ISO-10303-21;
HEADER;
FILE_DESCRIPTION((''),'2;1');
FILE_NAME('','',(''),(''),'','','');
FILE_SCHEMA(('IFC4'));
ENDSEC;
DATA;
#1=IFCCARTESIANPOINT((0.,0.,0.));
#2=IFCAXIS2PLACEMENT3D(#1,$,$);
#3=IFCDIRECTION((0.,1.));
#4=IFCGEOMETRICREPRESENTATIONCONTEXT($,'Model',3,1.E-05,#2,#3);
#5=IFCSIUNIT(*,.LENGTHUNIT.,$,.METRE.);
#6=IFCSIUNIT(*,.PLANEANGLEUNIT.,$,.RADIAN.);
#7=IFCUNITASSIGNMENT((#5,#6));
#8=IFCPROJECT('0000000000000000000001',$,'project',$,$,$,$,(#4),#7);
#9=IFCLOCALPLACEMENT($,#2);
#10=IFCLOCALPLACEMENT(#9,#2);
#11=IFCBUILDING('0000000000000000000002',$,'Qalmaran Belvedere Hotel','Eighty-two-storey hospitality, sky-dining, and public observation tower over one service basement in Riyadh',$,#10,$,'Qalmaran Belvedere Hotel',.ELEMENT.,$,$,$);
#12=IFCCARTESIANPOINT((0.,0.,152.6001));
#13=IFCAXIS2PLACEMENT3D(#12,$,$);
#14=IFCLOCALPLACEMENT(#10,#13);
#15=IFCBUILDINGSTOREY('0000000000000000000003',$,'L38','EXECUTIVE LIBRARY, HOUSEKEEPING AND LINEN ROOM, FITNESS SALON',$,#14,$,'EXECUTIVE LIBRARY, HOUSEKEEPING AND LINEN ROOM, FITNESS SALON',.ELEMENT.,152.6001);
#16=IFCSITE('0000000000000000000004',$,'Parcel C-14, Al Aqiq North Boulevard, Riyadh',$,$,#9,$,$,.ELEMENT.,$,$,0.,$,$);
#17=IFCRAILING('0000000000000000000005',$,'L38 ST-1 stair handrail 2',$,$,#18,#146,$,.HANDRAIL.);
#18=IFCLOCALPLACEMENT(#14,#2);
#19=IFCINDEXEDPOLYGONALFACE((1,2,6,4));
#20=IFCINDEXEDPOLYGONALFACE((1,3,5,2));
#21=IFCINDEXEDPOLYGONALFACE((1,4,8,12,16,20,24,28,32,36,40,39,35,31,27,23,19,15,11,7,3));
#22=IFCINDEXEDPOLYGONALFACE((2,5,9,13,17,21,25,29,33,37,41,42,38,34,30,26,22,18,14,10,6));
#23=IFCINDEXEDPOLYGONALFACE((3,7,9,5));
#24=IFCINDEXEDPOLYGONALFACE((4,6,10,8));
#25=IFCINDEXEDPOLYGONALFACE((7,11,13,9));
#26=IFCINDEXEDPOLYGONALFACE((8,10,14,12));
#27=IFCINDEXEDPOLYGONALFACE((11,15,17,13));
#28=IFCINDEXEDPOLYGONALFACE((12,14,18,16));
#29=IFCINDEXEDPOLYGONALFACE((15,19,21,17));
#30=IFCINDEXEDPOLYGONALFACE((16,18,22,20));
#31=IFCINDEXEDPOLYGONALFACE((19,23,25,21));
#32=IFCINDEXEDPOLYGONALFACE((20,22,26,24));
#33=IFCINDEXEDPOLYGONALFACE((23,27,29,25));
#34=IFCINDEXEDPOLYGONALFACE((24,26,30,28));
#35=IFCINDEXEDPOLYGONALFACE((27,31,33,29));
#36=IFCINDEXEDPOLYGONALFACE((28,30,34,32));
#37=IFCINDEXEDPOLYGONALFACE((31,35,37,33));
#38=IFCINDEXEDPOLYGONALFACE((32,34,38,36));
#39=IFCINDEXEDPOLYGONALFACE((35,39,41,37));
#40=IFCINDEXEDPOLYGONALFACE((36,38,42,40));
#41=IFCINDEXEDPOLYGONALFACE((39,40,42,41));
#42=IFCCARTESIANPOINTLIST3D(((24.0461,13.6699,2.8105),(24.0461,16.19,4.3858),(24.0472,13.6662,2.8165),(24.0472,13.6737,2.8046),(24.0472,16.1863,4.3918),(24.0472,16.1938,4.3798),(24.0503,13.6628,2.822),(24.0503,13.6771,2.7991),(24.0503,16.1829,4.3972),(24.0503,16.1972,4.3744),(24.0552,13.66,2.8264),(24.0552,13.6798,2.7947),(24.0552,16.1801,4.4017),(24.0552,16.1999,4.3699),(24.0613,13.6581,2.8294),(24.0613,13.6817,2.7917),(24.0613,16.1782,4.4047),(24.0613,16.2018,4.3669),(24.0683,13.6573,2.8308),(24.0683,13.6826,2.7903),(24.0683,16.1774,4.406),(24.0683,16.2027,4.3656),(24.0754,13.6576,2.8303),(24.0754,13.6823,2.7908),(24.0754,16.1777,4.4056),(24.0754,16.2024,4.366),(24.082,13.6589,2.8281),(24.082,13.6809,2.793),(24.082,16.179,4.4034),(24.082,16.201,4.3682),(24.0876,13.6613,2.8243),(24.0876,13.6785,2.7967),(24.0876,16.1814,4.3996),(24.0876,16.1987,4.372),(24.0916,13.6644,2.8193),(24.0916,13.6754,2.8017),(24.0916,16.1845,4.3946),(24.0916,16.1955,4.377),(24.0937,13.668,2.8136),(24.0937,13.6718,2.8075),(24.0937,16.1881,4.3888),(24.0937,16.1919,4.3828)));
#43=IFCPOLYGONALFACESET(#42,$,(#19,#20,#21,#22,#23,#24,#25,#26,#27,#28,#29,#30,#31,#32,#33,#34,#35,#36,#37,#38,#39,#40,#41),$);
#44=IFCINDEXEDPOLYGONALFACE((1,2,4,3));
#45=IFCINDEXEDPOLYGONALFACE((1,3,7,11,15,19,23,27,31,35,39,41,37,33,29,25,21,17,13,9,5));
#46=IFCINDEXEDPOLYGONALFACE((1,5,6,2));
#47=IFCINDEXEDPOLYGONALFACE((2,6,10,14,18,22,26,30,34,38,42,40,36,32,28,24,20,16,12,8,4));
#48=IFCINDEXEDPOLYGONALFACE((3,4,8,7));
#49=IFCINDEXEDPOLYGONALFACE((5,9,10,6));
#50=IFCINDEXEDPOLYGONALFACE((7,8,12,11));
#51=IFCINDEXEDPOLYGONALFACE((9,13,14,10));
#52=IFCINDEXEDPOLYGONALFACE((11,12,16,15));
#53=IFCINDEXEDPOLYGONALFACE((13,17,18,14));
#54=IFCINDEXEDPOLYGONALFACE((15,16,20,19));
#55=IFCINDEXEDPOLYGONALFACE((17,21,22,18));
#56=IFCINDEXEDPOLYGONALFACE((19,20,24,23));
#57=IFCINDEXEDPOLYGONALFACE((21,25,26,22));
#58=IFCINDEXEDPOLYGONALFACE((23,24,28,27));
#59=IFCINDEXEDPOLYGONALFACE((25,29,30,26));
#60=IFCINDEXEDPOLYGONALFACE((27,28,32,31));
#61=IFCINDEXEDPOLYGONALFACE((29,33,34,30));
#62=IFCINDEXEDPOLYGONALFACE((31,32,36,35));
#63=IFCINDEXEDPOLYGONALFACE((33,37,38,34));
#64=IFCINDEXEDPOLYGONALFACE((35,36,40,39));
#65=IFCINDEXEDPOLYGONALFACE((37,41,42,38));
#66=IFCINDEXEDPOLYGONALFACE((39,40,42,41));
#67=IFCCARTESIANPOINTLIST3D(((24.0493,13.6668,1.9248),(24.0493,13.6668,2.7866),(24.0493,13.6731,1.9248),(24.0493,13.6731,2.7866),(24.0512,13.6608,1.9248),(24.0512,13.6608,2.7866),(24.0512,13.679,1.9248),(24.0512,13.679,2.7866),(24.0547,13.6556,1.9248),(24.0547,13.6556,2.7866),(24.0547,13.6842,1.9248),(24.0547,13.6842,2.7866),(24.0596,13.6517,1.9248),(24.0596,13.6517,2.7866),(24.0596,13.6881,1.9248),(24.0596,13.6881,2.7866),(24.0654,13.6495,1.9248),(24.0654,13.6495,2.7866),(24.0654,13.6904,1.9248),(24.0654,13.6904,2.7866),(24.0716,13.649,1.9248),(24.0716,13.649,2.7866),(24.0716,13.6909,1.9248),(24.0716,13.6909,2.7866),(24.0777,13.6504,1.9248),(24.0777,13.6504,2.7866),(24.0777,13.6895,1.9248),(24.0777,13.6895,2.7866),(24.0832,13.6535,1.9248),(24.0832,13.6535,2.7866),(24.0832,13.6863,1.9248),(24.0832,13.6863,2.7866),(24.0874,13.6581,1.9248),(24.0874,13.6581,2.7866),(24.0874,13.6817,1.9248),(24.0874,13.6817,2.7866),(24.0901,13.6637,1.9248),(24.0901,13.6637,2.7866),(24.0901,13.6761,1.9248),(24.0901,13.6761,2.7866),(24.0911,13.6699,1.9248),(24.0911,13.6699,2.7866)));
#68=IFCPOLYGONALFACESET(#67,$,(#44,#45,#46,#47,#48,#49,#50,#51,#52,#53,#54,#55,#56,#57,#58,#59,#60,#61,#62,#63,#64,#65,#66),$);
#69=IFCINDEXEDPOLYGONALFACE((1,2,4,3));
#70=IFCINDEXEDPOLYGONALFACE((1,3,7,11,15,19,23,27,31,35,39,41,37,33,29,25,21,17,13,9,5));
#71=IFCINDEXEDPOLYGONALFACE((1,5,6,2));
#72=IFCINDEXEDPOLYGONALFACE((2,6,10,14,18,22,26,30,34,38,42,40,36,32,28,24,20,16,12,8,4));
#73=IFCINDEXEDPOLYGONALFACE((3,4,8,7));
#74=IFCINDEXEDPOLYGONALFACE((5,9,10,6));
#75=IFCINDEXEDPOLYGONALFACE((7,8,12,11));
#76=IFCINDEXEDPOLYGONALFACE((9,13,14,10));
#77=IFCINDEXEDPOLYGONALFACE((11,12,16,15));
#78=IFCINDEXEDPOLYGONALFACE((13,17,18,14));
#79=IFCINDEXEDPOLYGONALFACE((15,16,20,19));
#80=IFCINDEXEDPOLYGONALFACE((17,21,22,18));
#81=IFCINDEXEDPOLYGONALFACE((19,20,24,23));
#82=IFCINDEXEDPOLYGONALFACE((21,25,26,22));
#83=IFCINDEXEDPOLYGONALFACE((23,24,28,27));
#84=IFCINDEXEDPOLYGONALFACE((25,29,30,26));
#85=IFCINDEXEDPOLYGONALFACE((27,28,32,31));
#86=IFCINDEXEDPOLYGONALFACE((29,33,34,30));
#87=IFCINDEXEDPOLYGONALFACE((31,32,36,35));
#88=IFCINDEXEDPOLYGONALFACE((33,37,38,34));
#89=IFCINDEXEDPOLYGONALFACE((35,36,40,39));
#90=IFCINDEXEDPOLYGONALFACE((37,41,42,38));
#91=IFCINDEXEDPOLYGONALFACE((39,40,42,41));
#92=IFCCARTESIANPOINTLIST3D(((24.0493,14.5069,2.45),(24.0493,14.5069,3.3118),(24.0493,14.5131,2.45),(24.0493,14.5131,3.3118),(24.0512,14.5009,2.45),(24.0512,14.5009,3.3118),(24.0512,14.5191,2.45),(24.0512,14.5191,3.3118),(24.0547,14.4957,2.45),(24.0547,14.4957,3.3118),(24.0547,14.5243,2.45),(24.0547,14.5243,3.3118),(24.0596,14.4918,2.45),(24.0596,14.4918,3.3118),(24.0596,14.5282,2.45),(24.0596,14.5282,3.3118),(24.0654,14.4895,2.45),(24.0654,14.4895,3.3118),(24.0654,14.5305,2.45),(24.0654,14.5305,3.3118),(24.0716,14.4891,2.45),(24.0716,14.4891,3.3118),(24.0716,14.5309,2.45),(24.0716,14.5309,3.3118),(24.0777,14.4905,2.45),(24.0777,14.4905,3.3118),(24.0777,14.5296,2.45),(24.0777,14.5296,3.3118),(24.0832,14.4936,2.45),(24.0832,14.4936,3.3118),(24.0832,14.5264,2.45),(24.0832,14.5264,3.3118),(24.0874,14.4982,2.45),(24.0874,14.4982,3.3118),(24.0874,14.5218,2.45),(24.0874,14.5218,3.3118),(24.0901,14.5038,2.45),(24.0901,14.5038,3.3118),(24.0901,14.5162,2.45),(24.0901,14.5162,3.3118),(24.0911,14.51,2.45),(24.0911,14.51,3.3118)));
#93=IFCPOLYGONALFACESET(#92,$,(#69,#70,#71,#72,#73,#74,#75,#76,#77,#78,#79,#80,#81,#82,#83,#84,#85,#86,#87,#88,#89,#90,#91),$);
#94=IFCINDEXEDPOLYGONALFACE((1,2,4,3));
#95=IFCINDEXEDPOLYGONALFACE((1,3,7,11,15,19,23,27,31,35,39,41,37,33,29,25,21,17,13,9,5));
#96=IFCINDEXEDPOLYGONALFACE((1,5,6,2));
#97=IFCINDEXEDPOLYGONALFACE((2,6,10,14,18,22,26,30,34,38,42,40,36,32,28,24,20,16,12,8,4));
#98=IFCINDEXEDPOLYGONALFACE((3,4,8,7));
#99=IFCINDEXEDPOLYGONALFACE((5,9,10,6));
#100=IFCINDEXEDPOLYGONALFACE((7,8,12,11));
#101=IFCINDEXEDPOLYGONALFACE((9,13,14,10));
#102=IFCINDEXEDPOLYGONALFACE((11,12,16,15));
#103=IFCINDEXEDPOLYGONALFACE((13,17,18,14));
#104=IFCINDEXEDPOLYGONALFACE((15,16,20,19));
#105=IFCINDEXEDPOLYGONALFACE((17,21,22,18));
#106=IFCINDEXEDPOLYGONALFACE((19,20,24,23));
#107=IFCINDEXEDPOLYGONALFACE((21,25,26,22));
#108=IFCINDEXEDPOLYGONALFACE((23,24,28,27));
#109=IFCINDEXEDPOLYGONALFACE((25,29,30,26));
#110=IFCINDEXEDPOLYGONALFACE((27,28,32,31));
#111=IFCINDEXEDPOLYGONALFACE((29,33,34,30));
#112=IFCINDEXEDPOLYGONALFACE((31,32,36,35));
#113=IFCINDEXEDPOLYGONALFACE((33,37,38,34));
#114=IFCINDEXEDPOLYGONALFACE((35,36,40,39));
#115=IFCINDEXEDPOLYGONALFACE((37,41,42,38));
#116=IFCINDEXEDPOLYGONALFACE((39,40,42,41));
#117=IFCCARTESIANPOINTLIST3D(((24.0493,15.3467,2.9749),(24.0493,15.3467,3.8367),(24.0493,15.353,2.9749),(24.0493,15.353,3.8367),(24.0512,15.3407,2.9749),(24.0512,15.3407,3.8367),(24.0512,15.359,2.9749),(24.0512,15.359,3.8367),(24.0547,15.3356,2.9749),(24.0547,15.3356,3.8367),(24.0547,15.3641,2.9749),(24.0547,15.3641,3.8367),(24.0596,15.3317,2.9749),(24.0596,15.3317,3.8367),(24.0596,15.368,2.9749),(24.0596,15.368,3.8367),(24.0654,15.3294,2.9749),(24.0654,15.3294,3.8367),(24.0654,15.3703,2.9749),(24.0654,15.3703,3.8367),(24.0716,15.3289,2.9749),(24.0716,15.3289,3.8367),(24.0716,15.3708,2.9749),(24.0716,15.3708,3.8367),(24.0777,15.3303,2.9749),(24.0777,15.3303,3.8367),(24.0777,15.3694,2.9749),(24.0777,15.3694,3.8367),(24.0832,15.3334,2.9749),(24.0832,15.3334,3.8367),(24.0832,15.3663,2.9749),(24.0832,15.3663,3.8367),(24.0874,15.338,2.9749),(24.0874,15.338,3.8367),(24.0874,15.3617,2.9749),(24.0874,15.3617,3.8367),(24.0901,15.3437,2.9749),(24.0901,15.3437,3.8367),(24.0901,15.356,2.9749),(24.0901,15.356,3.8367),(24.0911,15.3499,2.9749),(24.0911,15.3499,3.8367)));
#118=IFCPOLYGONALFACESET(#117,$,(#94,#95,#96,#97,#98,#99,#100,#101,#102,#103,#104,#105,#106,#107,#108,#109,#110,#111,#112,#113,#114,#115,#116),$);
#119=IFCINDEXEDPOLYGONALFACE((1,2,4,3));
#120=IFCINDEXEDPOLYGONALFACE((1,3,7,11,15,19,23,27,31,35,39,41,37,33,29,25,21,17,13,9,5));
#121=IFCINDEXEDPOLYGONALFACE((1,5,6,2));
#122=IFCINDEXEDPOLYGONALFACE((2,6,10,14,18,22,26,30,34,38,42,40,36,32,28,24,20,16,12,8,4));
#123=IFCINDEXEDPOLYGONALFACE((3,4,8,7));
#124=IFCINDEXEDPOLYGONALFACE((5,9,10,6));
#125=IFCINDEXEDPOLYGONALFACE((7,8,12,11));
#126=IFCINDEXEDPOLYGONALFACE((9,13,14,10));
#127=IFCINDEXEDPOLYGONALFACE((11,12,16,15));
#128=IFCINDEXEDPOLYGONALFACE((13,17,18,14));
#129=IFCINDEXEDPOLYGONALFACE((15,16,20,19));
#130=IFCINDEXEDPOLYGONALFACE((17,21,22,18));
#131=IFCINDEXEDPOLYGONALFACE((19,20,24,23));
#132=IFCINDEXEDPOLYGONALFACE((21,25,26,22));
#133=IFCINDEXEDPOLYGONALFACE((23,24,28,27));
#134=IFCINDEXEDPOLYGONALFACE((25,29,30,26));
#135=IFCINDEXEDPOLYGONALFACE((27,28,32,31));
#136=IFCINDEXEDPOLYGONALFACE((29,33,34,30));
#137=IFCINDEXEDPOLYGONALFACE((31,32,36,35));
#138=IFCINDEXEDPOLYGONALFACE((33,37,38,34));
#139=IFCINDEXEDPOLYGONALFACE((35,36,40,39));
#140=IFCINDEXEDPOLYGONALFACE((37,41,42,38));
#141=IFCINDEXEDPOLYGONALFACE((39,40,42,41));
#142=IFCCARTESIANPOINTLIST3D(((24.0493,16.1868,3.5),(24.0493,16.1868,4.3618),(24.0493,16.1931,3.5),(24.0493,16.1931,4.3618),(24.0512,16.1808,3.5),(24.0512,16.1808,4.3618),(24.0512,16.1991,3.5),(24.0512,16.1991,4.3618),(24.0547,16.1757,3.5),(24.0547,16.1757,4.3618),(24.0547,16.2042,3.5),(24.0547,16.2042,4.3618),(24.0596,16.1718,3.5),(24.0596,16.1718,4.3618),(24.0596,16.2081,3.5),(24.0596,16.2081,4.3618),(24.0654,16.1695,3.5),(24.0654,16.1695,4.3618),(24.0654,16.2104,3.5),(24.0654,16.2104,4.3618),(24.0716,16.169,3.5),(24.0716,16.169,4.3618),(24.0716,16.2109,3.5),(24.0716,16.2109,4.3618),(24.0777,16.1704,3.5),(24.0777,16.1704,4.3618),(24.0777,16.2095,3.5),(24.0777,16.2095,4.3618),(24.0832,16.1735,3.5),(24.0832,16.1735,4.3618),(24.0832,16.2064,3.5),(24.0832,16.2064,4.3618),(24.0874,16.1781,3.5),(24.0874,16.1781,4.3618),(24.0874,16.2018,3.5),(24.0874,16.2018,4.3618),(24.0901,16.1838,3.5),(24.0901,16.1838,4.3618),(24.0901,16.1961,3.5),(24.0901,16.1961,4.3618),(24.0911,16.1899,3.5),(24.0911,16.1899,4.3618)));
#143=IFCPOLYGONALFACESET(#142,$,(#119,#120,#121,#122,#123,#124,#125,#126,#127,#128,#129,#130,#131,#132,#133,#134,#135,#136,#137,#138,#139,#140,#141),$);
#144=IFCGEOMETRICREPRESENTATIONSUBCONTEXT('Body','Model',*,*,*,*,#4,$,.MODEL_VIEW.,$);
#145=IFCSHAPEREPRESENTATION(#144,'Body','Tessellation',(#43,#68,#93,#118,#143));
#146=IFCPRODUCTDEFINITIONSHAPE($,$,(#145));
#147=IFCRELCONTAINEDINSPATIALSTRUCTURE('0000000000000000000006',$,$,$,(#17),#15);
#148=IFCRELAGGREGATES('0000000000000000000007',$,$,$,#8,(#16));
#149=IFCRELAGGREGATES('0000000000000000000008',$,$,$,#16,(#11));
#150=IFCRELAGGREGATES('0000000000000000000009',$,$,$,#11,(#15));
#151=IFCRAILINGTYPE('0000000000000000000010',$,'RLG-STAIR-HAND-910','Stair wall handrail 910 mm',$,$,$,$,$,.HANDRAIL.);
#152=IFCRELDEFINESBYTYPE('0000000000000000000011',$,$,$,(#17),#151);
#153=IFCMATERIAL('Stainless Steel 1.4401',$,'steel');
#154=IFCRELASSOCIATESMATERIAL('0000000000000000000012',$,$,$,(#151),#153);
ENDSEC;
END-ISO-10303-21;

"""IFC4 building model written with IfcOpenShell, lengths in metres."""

from ifc_helpers import new_model, si_unit, direction, frame, origin, origin_2d, place, context, subcontext, project, spatial, circle, extrude, material, type_object, element, save


model = new_model("IFC4")

# Units and contexts
model_context = context("Model", 3, precision=1e-05, world=origin(), true_north=direction((0.0, 1.0)))
body_context = subcontext(model_context, "Body", "Model", "MODEL_VIEW")
ifc_project = project(units=[si_unit("LENGTHUNIT", "METRE"), si_unit("PLANEANGLEUNIT", "RADIAN")], contexts=[model_context])

# Site, building, storey
site_placement = place(None, origin())
site = spatial("IfcSite", under=ifc_project, at=site_placement, Name="Parcel C-14, Al Aqiq North Boulevard, Riyadh", CompositionType="ELEMENT", RefElevation=0.0)
building_placement = place(site_placement, origin())
building = spatial("IfcBuilding", under=site, at=building_placement, Name="Qalmaran Belvedere Hotel", Description="Eighty-two-storey hospitality, sky-dining, and public observation tower over one service basement in Riyadh", LongName="Qalmaran Belvedere Hotel", CompositionType="ELEMENT")
storey_placement = place(building_placement, frame((0.0, 0.0, 152.6001)))
storey = spatial("IfcBuildingStorey", under=building, at=storey_placement, Name="L38", Description="EXECUTIVE LIBRARY, HOUSEKEEPING AND LINEN ROOM, FITNESS SALON", LongName="EXECUTIVE LIBRARY, HOUSEKEEPING AND LINEN ROOM, FITNESS SALON", CompositionType="ELEMENT", Elevation=152.6001)

# Shared definitions
ifc_material_1 = material(Name="Stainless Steel 1.4401", Category="steel")

# Railing
railing_type_1 = type_object("IfcRailingType", Name="RLG-STAIR-HAND-910", Description="Stair wall handrail 910 mm", PredefinedType="HANDRAIL", material=ifc_material_1)
railing_1_placement = place(storey_placement, frame((24.0701, 13.6699, 1.9248)))
element("IfcRailing", 1, at=railing_1_placement, inside=storey, type_object=railing_type_1, Name="L38 ST-1 stair handrail 2", PredefinedType="HANDRAIL", context=body_context, shape_type="SweptSolid", body=[
    extrude(circle(Radius=0.0239, at=origin_2d()), frame((0.0, 0.0, 0.8857), z_axis=(0.0, 0.847971, 0.530043), x_axis=(-1.0, 0.0, 0.0)), (0.0, 0.0, 1.0), 2.9719),
    extrude(circle(Radius=0.021, at=origin_2d()), origin(), (0.0, 0.0, 1.0), 0.8618),
    extrude(circle(Radius=0.021, at=origin_2d()), frame((0.0, 0.8401, 0.5251)), (0.0, 0.0, 1.0), 0.8618),
    extrude(circle(Radius=0.021, at=origin_2d()), frame((0.0, 1.6799, 1.05)), (0.0, 0.0, 1.0), 0.8618),
    extrude(circle(Radius=0.021, at=origin_2d()), frame((0.0, 2.52, 1.5752)), (0.0, 0.0, 1.0), 0.8618),
])

save(model, "model.ifc")
